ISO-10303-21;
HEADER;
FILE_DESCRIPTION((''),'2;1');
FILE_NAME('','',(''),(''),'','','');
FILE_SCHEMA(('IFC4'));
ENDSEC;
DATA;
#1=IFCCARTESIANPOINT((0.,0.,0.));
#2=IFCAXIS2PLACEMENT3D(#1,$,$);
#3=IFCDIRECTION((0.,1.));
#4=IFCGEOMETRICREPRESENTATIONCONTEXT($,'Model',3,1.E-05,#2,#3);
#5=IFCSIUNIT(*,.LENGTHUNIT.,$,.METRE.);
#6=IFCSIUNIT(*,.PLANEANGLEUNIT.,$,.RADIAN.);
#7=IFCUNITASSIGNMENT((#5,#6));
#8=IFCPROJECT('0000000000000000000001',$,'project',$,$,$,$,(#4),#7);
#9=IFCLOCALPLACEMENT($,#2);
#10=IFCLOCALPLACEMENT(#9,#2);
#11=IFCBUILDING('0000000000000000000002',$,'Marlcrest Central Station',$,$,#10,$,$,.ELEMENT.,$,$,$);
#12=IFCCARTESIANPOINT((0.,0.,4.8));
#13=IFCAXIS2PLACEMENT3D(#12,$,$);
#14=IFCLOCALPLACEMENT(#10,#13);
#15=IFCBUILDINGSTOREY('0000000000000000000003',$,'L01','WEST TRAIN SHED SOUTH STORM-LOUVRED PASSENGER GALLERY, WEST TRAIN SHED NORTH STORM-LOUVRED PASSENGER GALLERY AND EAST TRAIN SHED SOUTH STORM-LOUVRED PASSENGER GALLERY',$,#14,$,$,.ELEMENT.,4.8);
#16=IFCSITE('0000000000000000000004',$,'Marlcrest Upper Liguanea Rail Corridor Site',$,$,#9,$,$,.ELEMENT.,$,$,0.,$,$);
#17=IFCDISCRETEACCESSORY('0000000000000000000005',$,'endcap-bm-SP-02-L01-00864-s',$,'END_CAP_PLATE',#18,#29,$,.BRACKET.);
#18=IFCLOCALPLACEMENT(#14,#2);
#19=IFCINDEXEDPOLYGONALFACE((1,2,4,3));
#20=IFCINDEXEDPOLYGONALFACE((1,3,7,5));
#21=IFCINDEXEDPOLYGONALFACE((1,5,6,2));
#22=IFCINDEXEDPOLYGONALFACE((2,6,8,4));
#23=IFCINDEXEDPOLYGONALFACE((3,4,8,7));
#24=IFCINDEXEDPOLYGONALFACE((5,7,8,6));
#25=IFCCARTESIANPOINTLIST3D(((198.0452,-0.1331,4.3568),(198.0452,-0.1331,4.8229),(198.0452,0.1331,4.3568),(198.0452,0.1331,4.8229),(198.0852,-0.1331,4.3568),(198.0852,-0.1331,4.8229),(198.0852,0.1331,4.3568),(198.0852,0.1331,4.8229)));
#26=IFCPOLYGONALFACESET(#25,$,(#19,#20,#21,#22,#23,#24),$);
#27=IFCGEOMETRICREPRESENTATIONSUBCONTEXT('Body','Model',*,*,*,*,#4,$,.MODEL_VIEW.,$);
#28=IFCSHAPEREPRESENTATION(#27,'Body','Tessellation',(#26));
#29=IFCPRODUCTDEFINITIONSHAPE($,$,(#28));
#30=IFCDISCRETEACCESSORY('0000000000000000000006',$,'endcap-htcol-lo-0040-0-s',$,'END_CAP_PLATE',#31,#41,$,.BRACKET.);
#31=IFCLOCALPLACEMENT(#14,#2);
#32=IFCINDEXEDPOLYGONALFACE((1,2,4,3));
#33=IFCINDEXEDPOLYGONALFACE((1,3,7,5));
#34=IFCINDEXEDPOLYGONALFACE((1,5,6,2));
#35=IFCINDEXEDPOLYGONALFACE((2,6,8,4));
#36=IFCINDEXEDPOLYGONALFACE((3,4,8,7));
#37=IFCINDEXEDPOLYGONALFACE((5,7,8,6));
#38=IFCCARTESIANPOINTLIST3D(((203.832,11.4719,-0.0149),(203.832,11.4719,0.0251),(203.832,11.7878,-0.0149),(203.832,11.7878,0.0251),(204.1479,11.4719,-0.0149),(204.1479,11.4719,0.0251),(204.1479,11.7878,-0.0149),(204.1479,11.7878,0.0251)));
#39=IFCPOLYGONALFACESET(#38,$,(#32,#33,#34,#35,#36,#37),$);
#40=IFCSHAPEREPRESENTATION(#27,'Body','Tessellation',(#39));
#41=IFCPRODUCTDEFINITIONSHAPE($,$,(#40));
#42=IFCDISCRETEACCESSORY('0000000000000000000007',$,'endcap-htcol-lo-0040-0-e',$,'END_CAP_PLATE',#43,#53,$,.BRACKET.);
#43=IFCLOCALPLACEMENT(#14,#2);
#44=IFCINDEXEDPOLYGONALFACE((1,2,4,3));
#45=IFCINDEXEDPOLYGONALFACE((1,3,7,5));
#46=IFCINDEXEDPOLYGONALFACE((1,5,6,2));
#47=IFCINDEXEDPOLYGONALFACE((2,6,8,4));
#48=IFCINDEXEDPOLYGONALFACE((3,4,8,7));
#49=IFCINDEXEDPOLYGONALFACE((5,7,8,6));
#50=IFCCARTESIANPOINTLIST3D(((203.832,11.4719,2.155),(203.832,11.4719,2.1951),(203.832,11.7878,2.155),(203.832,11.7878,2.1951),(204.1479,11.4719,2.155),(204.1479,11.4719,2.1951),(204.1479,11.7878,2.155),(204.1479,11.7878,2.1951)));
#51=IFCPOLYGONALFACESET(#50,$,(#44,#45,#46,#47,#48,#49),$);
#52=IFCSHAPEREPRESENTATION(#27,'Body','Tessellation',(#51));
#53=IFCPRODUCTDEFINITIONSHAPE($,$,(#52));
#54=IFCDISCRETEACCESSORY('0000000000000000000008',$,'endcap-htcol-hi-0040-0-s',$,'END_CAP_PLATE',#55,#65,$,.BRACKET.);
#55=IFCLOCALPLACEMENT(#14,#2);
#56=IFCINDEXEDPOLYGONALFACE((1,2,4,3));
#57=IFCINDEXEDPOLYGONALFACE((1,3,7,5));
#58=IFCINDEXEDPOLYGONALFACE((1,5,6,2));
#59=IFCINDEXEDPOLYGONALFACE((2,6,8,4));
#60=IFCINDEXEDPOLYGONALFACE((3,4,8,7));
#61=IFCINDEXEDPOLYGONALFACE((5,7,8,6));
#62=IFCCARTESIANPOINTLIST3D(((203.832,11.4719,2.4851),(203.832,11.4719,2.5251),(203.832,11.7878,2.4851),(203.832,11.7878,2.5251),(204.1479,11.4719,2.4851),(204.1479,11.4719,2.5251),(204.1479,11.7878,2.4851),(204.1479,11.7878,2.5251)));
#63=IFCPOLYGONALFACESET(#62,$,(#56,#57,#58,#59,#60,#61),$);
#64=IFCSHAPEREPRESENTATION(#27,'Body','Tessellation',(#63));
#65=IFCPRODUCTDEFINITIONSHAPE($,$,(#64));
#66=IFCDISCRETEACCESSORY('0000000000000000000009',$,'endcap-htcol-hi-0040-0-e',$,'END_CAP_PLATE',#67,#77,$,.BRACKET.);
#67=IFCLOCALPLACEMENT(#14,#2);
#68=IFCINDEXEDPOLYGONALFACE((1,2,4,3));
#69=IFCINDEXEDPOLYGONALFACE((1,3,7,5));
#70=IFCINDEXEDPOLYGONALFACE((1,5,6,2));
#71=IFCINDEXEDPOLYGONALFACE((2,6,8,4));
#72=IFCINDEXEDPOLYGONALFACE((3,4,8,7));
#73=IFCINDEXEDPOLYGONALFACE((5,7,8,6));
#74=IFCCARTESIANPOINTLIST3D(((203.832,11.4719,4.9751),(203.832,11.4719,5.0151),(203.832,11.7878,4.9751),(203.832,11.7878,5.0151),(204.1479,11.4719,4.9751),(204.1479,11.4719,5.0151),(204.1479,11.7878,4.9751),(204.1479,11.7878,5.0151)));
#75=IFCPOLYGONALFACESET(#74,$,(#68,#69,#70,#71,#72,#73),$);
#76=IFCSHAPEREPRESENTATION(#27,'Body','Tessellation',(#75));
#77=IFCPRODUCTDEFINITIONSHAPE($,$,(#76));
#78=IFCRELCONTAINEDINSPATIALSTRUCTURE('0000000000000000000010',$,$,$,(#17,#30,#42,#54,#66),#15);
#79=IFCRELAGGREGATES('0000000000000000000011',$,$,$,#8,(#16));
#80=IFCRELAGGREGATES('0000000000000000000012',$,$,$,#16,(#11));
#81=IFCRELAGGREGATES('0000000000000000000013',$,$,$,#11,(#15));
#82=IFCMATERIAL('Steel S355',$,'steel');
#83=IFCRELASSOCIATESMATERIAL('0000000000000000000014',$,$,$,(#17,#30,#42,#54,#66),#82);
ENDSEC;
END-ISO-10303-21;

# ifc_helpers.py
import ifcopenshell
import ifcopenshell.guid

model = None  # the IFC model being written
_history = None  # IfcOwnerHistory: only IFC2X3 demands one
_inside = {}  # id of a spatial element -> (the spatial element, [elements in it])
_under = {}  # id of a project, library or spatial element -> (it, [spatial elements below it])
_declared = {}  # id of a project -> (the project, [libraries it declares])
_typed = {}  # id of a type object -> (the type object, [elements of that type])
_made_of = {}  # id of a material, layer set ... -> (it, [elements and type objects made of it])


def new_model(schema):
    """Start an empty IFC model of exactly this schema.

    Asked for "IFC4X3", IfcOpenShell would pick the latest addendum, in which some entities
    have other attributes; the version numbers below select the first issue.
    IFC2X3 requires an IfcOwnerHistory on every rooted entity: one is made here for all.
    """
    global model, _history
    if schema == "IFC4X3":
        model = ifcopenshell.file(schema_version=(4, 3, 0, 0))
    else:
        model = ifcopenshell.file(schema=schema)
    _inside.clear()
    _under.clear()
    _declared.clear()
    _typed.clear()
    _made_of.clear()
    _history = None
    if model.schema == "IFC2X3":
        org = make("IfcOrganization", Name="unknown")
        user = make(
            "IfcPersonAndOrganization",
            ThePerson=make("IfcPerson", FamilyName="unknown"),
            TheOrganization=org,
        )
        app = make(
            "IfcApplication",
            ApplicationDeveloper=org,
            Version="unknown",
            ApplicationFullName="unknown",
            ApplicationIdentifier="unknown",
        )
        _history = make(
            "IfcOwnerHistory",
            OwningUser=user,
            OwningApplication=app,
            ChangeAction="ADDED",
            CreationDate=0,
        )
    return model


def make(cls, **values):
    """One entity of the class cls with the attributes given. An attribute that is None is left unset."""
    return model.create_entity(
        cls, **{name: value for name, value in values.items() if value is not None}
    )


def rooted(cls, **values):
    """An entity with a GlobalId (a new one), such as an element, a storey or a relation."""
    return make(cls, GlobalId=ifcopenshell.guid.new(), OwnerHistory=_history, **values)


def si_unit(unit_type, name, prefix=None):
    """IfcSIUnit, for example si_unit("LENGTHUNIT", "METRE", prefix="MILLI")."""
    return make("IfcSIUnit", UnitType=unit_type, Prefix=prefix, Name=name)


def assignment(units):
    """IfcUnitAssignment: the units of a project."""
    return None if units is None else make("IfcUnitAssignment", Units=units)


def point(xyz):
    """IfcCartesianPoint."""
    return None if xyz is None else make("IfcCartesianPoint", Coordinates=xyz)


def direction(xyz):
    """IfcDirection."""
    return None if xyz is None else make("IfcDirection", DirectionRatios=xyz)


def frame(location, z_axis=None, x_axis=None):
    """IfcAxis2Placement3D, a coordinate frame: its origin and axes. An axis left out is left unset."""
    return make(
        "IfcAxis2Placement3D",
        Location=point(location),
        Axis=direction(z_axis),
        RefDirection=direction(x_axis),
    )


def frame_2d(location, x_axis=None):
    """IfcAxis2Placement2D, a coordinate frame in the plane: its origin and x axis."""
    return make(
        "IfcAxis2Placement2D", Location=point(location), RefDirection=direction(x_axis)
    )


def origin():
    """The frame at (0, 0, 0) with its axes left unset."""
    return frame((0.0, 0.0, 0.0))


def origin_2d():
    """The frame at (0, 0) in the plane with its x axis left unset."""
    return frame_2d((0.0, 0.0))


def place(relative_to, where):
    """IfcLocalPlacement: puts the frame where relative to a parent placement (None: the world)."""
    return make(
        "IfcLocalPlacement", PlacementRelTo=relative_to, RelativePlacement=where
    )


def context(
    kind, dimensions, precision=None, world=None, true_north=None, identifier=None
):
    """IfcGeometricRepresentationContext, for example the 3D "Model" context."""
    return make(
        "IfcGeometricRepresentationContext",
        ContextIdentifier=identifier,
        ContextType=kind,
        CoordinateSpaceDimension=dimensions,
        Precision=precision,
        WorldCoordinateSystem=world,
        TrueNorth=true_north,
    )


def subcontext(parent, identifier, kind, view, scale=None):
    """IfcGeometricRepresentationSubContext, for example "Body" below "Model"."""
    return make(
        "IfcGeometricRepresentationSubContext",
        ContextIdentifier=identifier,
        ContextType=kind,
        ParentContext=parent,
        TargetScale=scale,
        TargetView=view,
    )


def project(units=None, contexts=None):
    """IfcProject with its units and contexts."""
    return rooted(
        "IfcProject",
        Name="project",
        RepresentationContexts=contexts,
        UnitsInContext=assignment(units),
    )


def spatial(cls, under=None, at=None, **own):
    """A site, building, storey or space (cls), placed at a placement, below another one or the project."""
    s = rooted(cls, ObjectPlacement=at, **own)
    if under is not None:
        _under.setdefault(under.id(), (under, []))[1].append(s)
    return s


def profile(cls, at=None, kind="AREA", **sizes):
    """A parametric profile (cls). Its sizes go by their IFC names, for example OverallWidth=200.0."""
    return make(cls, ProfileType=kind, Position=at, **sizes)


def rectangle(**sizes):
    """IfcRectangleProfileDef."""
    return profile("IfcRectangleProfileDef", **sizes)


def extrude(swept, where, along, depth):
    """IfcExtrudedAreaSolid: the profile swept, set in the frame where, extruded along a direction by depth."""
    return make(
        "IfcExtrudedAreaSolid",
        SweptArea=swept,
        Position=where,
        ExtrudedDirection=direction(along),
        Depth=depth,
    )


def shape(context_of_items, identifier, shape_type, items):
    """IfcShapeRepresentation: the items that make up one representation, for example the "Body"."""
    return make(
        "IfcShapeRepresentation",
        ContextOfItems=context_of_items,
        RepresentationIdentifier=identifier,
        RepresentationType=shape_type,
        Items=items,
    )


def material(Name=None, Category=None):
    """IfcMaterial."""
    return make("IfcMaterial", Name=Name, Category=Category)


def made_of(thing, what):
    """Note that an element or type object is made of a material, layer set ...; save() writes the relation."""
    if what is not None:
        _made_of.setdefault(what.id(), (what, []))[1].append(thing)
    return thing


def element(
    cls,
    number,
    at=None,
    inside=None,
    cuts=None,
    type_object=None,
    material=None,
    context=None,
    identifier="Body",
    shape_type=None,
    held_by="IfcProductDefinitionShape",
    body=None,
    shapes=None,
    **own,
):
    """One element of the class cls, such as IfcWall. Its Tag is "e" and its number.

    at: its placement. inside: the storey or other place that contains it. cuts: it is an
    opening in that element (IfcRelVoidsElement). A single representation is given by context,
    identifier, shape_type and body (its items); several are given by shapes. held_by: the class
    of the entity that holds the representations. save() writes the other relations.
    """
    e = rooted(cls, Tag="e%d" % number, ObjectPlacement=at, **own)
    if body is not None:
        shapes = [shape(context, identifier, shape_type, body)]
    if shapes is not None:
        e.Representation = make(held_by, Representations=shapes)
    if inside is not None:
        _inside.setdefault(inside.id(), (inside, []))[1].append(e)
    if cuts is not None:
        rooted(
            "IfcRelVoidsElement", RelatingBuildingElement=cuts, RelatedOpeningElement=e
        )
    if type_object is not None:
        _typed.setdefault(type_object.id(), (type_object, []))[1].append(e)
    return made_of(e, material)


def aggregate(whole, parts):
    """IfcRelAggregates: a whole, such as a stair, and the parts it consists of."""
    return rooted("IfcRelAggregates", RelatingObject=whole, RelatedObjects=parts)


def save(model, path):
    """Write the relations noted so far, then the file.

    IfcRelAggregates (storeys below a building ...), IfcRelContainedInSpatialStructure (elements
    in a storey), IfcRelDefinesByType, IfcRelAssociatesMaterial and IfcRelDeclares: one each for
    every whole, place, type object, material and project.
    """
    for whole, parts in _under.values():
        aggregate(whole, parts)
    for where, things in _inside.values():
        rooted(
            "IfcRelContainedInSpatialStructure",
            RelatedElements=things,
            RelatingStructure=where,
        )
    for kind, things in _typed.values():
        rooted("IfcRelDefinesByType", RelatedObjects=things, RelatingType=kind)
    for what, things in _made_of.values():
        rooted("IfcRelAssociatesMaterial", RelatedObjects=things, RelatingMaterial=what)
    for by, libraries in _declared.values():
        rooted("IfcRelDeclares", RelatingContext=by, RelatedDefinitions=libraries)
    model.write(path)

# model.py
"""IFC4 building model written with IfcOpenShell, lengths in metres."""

from ifc_helpers import new_model, si_unit, direction, frame, origin, origin_2d, place, context, subcontext, project, spatial, rectangle, extrude, material, element, save


model = new_model("IFC4")

# Units and contexts
model_context = context("Model", 3, precision=1e-05, world=origin(), true_north=direction((0.0, 1.0)))
body_context = subcontext(model_context, "Body", "Model", "MODEL_VIEW")
ifc_project = project(units=[si_unit("LENGTHUNIT", "METRE"), si_unit("PLANEANGLEUNIT", "RADIAN")], contexts=[model_context])

# Site, building, storey
site_placement = place(None, origin())
site = spatial("IfcSite", under=ifc_project, at=site_placement, Name="Marlcrest Upper Liguanea Rail Corridor Site", CompositionType="ELEMENT", RefElevation=0.0)
building_placement = place(site_placement, origin())
building = spatial("IfcBuilding", under=site, at=building_placement, Name="Marlcrest Central Station", CompositionType="ELEMENT")
storey_placement = place(building_placement, frame((0.0, 0.0, 4.8)))
storey = spatial("IfcBuildingStorey", under=building, at=storey_placement, Name="L01", Description="WEST TRAIN SHED SOUTH STORM-LOUVRED PASSENGER GALLERY, WEST TRAIN SHED NORTH STORM-LOUVRED PASSENGER GALLERY AND EAST TRAIN SHED SOUTH STORM-LOUVRED PASSENGER GALLERY", CompositionType="ELEMENT", Elevation=4.8)

# Shared definitions
ifc_material_1 = material(Name="Steel S355", Category="steel")

# Discrete accessories
discrete_accessory_placement = place(storey_placement, frame((198.0452, 0.0, 4.5898), z_axis=(1.0, 0.0, 0.0), x_axis=(0.0, 1.0, 0.0)))
element("IfcDiscreteAccessory", 1, at=discrete_accessory_placement, inside=storey, material=ifc_material_1, Name="endcap-bm-SP-02-L01-00864-s", ObjectType="END_CAP_PLATE", PredefinedType="BRACKET", context=body_context, shape_type="SweptSolid", body=[
    extrude(rectangle(XDim=0.2661, YDim=0.4661, at=origin_2d()), origin(), (0.0, 0.0, 1.0), 0.04),
])
for number, where, z_axis, x_axis, name in (
    (2, (203.99, 11.6299, -0.0149), (0.0, 0.0, 1.0), (1.0, 0.0, 0.0), "endcap-htcol-lo-0040-0-s"),
    (3, (203.99, 11.6299, 2.155), (0.0, 0.0, 1.0), (1.0, 0.0, 0.0), "endcap-htcol-lo-0040-0-e"),
    (4, (203.99, 11.6299, 2.4851), (0.0, 0.0, 1.0), (1.0, 0.0, 0.0), "endcap-htcol-hi-0040-0-s"),
    (5, (203.99, 11.6299, 4.9751), (0.0, 0.0, 1.0), (1.0, 0.0, 0.0), "endcap-htcol-hi-0040-0-e"),
):
    element("IfcDiscreteAccessory", number, at=place(storey_placement, frame(where, z_axis=z_axis, x_axis=x_axis)), inside=storey, material=ifc_material_1, Name=name, ObjectType="END_CAP_PLATE", PredefinedType="BRACKET", context=body_context, shape_type="SweptSolid", body=[
        extrude(rectangle(XDim=0.3159, YDim=0.3159, at=origin_2d()), origin(), (0.0, 0.0, 1.0), 0.04),
    ])

save(model, "model.ifc")
